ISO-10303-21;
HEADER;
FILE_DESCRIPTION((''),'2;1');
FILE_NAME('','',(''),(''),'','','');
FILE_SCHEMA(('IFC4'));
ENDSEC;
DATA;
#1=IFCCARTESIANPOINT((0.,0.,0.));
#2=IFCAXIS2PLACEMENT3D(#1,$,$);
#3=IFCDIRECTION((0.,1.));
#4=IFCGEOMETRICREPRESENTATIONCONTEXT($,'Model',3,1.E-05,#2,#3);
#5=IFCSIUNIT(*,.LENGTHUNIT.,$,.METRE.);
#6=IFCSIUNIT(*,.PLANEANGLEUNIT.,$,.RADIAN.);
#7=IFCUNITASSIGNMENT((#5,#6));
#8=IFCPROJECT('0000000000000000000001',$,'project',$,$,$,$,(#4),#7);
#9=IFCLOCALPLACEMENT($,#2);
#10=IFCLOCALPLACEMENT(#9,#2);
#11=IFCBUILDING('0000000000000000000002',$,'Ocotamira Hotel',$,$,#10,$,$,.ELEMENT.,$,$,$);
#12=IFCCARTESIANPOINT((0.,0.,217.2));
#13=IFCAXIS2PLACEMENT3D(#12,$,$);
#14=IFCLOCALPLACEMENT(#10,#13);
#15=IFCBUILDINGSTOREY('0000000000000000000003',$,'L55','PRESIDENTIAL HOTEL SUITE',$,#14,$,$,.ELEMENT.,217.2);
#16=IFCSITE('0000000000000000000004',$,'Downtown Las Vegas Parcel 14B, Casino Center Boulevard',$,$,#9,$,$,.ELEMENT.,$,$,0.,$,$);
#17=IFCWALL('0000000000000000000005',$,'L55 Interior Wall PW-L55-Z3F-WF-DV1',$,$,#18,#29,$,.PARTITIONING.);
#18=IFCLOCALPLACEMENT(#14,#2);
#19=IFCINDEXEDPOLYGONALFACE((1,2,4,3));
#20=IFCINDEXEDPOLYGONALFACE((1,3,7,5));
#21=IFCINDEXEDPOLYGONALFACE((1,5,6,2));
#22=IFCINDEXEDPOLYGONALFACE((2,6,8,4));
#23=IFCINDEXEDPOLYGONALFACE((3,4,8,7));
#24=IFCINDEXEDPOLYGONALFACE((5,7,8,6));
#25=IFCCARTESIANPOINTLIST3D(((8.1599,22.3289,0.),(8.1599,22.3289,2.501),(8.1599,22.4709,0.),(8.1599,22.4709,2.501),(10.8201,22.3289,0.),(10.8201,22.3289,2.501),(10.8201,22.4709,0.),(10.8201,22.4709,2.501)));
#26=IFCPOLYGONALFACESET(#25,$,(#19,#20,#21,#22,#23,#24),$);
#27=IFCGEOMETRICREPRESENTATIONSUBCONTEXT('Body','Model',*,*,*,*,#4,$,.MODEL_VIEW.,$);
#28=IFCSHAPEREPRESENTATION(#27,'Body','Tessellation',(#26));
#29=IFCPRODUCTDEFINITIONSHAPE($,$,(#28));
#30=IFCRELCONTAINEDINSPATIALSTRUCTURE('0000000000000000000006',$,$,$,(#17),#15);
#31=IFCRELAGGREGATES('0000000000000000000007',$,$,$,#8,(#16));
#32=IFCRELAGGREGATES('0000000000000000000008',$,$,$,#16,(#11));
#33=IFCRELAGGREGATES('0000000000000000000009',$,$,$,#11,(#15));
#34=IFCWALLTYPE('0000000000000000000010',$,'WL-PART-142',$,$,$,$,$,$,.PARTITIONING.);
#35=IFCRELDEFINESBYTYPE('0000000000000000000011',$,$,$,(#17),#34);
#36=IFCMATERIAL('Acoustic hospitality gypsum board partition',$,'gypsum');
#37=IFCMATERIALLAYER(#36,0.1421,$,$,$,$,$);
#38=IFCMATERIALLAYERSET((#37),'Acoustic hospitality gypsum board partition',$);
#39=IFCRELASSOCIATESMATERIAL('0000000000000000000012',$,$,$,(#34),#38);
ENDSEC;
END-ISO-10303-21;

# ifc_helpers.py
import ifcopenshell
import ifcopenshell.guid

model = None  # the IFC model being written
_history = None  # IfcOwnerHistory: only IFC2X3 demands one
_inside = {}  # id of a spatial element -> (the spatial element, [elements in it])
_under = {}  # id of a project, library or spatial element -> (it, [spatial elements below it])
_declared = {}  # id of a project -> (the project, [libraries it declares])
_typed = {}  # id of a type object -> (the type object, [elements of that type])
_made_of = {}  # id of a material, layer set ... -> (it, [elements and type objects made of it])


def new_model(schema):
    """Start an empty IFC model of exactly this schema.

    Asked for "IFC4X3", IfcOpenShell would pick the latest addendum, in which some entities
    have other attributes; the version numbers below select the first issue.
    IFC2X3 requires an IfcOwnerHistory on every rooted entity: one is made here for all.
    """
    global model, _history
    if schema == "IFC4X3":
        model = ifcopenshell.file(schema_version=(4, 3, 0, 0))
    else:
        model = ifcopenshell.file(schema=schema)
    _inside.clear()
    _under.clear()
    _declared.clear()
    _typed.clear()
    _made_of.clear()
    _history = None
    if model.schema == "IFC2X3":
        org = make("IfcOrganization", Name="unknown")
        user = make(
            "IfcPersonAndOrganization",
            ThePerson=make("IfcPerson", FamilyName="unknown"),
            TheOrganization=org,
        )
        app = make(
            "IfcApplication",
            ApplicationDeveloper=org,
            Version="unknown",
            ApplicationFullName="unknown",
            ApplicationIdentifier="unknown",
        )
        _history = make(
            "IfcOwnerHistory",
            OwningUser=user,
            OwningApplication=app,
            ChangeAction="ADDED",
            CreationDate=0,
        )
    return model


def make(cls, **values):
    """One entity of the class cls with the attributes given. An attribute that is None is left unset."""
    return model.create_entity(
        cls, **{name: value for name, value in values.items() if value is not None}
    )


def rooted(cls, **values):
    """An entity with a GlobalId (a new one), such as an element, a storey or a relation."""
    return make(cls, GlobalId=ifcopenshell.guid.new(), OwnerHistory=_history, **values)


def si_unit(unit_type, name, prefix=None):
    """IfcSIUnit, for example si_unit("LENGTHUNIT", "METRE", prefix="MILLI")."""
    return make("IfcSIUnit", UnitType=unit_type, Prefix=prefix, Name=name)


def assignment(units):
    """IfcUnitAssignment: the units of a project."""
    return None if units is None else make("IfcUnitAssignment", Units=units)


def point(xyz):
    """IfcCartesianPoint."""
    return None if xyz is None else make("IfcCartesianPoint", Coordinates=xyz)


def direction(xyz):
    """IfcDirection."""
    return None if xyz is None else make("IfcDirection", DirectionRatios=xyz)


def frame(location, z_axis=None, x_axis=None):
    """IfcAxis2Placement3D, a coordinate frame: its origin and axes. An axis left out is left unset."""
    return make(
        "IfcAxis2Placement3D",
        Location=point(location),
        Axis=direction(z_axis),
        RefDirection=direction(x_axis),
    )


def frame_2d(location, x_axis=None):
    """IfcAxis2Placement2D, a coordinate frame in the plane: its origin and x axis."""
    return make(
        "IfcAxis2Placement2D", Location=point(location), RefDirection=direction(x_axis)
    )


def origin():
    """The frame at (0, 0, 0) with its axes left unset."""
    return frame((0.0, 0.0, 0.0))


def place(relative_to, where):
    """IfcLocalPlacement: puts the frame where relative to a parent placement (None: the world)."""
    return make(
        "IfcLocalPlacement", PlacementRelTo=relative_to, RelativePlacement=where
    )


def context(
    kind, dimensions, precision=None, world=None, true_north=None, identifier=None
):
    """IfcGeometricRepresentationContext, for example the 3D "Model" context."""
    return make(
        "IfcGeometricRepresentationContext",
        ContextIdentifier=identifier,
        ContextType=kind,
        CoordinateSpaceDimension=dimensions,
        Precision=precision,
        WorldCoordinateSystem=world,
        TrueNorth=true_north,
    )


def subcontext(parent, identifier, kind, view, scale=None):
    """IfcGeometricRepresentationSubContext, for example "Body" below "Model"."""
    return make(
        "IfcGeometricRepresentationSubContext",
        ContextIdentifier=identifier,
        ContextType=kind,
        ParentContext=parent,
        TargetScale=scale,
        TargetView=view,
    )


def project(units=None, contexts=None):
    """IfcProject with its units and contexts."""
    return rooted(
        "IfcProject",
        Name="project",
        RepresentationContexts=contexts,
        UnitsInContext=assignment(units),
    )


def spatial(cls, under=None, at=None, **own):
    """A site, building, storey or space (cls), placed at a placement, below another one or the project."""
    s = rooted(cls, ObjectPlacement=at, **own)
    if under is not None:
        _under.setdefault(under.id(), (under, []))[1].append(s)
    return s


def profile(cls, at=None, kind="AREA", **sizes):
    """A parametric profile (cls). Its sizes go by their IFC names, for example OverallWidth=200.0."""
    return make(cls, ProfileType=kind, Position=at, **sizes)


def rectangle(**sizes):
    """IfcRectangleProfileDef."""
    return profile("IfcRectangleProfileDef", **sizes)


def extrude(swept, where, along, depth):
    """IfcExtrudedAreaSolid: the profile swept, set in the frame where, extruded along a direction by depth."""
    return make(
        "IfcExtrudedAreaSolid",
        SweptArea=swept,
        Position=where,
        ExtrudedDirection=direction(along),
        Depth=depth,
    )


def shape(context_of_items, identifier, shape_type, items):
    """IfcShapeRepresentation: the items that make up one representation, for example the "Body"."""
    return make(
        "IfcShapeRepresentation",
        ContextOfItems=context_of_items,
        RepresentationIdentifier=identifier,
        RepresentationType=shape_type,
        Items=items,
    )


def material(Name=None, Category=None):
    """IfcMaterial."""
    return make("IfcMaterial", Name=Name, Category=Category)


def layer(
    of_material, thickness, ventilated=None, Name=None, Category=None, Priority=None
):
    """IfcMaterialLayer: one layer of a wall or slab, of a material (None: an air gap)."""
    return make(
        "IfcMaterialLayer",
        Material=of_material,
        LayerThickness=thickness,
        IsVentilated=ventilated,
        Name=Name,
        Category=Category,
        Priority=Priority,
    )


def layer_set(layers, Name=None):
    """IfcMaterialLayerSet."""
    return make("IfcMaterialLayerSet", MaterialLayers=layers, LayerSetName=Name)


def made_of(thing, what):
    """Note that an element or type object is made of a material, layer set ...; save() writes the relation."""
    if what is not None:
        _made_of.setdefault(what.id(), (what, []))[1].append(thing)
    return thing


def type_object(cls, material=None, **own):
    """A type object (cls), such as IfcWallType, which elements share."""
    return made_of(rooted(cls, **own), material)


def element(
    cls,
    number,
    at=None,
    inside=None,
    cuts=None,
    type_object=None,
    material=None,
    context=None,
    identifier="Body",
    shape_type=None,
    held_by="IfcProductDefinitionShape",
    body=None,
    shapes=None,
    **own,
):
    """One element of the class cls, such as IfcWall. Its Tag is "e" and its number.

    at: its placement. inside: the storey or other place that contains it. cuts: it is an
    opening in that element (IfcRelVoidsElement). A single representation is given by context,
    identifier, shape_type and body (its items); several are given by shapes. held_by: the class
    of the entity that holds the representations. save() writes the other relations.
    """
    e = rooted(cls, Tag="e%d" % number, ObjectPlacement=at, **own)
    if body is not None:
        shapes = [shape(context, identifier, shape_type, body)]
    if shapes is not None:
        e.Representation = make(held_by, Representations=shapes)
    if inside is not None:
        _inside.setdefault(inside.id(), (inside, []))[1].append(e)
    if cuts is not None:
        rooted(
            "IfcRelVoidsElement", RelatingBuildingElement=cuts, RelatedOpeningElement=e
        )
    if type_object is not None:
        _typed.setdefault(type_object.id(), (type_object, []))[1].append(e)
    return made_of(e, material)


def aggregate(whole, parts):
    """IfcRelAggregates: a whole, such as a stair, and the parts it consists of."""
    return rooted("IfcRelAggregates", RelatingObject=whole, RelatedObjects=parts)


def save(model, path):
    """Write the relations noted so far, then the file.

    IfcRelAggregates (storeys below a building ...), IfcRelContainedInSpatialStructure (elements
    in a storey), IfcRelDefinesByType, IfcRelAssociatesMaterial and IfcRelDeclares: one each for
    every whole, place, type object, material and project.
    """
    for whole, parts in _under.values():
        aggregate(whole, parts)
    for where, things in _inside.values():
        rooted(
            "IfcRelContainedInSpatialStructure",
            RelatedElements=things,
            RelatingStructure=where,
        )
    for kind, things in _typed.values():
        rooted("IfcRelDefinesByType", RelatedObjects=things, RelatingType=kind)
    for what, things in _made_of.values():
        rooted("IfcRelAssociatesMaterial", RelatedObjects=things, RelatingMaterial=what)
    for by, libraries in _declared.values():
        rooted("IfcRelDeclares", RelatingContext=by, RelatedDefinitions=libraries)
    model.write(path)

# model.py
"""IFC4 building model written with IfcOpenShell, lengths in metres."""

from ifc_helpers import new_model, si_unit, direction, frame, frame_2d, origin, place, context, subcontext, project, spatial, rectangle, extrude, material, layer, layer_set, type_object, element, save


model = new_model("IFC4")

# Units and contexts
model_context = context("Model", 3, precision=1e-05, world=origin(), true_north=direction((0.0, 1.0)))
body_context = subcontext(model_context, "Body", "Model", "MODEL_VIEW")
ifc_project = project(units=[si_unit("LENGTHUNIT", "METRE"), si_unit("PLANEANGLEUNIT", "RADIAN")], contexts=[model_context])

# Site, building, storey
site_placement = place(None, origin())
site = spatial("IfcSite", under=ifc_project, at=site_placement, Name="Downtown Las Vegas Parcel 14B, Casino Center Boulevard", CompositionType="ELEMENT", RefElevation=0.0)
building_placement = place(site_placement, origin())
building = spatial("IfcBuilding", under=site, at=building_placement, Name="Ocotamira Hotel", CompositionType="ELEMENT")
storey_placement = place(building_placement, frame((0.0, 0.0, 217.2)))
storey = spatial("IfcBuildingStorey", under=building, at=storey_placement, Name="L55", Description="PRESIDENTIAL HOTEL SUITE", CompositionType="ELEMENT", Elevation=217.2)

# Wall
ifc_material_1 = material(Name="Acoustic hospitality gypsum board partition", Category="gypsum")
ifc_layer_1 = layer(ifc_material_1, 0.1421)
ifc_layer_set_1 = layer_set([ifc_layer_1], Name="Acoustic hospitality gypsum board partition")
wall_type_1 = type_object("IfcWallType", Name="WL-PART-142", PredefinedType="PARTITIONING", material=ifc_layer_set_1)
wall_1_placement = place(storey_placement, frame((8.1599, 22.3999, 0.0), z_axis=(0.0, 0.0, 1.0), x_axis=(1.0, 0.0, 0.0)))
element("IfcWall", 1, at=wall_1_placement, inside=storey, type_object=wall_type_1, Name="L55 Interior Wall PW-L55-Z3F-WF-DV1", PredefinedType="PARTITIONING", context=body_context, shape_type="SweptSolid", body=[
    extrude(rectangle(XDim=2.6602, YDim=0.1421, at=frame_2d((1.3301, 0.0))), origin(), (0.0, 0.0, 1.0), 2.501),
])

save(model, "model.ifc")
